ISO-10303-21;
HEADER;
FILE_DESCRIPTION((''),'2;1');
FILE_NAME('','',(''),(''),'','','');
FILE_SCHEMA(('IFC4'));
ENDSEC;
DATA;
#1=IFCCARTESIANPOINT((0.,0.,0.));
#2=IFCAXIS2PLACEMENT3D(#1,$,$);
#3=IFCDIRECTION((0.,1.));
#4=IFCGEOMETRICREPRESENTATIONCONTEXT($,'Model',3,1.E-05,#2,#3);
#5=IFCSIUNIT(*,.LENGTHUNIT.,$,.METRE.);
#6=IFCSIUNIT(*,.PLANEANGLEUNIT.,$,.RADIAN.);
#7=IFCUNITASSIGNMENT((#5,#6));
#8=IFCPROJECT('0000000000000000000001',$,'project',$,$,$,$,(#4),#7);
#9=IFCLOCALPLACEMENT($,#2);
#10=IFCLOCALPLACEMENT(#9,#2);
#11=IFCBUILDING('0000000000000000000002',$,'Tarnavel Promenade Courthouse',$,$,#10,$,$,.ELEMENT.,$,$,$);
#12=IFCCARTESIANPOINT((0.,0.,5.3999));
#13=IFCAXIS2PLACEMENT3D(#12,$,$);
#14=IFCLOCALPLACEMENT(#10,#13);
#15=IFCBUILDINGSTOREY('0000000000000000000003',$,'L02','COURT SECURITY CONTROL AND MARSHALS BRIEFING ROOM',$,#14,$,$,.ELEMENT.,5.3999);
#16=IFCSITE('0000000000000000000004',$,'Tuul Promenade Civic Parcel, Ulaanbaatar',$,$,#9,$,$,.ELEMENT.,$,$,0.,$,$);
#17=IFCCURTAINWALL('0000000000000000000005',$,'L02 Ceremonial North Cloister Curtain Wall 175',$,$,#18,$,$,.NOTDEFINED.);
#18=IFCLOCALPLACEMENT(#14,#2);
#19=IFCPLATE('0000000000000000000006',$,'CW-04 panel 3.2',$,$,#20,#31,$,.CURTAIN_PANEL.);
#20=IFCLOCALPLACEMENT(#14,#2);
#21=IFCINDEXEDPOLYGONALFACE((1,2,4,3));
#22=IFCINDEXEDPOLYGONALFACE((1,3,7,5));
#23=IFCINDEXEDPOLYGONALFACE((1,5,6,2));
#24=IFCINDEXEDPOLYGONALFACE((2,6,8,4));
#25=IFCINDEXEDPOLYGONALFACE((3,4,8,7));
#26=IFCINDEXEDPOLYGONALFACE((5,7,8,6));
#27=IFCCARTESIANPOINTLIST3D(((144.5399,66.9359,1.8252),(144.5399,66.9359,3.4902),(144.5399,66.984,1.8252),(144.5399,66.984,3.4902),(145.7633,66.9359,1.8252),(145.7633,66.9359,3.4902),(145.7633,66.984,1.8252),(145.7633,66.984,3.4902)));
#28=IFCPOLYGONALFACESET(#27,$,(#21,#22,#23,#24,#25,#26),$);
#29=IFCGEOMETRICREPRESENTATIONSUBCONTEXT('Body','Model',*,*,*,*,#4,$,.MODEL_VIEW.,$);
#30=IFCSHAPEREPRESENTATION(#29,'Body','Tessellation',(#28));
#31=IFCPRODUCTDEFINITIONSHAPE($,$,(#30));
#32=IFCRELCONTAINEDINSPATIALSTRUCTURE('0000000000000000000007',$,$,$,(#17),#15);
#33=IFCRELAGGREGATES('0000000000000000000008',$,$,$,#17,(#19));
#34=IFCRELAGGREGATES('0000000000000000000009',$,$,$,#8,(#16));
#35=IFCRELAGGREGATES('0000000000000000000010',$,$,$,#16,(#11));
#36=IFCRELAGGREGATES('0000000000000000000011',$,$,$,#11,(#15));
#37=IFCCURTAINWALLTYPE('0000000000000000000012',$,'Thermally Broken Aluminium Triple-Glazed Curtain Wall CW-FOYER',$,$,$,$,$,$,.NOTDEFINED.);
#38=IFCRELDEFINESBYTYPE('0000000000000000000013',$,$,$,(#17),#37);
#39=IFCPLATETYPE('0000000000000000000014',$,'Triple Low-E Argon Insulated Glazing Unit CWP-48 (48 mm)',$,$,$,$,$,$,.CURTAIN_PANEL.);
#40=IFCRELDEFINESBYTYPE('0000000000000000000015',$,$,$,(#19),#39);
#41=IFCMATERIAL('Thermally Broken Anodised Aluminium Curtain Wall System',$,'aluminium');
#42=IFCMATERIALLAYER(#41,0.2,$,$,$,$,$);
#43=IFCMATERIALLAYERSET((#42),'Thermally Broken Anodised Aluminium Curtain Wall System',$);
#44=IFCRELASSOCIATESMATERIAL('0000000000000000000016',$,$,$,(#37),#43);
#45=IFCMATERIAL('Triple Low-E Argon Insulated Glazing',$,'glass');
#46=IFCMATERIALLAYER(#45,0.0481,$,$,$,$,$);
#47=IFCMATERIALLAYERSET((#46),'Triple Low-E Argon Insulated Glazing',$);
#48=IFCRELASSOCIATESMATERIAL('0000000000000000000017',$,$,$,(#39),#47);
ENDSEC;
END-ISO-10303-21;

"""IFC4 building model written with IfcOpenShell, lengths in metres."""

from ifc_helpers import new_model, si_unit, direction, frame, origin, origin_2d, place, context, subcontext, project, spatial, rectangle, extrude, material, layer, layer_set, type_object, element, aggregate, save


model = new_model("IFC4")

# Units and contexts
model_context = context("Model", 3, precision=1e-05, world=origin(), true_north=direction((0.0, 1.0)))
body_context = subcontext(model_context, "Body", "Model", "MODEL_VIEW")
ifc_project = project(units=[si_unit("LENGTHUNIT", "METRE"), si_unit("PLANEANGLEUNIT", "RADIAN")], contexts=[model_context])

# Site, building, storey
site_placement = place(None, origin())
site = spatial("IfcSite", under=ifc_project, at=site_placement, Name="Tuul Promenade Civic Parcel, Ulaanbaatar", CompositionType="ELEMENT", RefElevation=0.0)
building_placement = place(site_placement, origin())
building = spatial("IfcBuilding", under=site, at=building_placement, Name="Tarnavel Promenade Courthouse", CompositionType="ELEMENT")
storey_placement = place(building_placement, frame((0.0, 0.0, 5.3999)))
storey = spatial("IfcBuildingStorey", under=building, at=storey_placement, Name="L02", Description="COURT SECURITY CONTROL AND MARSHALS BRIEFING ROOM", CompositionType="ELEMENT", Elevation=5.3999)

# Curtain wall
ifc_material_1 = material(Name="Thermally Broken Anodised Aluminium Curtain Wall System", Category="aluminium")
ifc_layer_1 = layer(ifc_material_1, 0.2)
ifc_layer_set_1 = layer_set([ifc_layer_1], Name="Thermally Broken Anodised Aluminium Curtain Wall System")
curtain_wall_type = type_object("IfcCurtainWallType", Name="Thermally Broken Aluminium Triple-Glazed Curtain Wall CW-FOYER", PredefinedType="NOTDEFINED", material=ifc_layer_set_1)
curtain_wall_1_placement = place(storey_placement, origin())
curtain_wall_1 = element("IfcCurtainWall", 1, at=curtain_wall_1_placement, inside=storey, type_object=curtain_wall_type, Name="L02 Ceremonial North Cloister Curtain Wall 175", PredefinedType="NOTDEFINED")

# Plate
ifc_material_2 = material(Name="Triple Low-E Argon Insulated Glazing", Category="glass")
ifc_layer_2 = layer(ifc_material_2, 0.0481)
ifc_layer_set_2 = layer_set([ifc_layer_2], Name="Triple Low-E Argon Insulated Glazing")
plate_type = type_object("IfcPlateType", Name="Triple Low-E Argon Insulated Glazing Unit CWP-48 (48 mm)", PredefinedType="CURTAIN_PANEL", material=ifc_layer_set_2)
plate_1_placement = place(storey_placement, frame((145.1516, 66.96, 1.8252), z_axis=(0.0, 0.0, 1.0), x_axis=(-1.0, 0.0, 0.0)))
plate_1 = element("IfcPlate", 2, at=plate_1_placement, type_object=plate_type, Name="CW-04 panel 3.2", PredefinedType="CURTAIN_PANEL", context=body_context, shape_type="SweptSolid", body=[
    extrude(rectangle(XDim=1.2234, YDim=0.0481, at=origin_2d()), origin(), (0.0, 0.0, 1.0), 1.665),
])
aggregate(curtain_wall_1, [plate_1])

save(model, "model.ifc")
